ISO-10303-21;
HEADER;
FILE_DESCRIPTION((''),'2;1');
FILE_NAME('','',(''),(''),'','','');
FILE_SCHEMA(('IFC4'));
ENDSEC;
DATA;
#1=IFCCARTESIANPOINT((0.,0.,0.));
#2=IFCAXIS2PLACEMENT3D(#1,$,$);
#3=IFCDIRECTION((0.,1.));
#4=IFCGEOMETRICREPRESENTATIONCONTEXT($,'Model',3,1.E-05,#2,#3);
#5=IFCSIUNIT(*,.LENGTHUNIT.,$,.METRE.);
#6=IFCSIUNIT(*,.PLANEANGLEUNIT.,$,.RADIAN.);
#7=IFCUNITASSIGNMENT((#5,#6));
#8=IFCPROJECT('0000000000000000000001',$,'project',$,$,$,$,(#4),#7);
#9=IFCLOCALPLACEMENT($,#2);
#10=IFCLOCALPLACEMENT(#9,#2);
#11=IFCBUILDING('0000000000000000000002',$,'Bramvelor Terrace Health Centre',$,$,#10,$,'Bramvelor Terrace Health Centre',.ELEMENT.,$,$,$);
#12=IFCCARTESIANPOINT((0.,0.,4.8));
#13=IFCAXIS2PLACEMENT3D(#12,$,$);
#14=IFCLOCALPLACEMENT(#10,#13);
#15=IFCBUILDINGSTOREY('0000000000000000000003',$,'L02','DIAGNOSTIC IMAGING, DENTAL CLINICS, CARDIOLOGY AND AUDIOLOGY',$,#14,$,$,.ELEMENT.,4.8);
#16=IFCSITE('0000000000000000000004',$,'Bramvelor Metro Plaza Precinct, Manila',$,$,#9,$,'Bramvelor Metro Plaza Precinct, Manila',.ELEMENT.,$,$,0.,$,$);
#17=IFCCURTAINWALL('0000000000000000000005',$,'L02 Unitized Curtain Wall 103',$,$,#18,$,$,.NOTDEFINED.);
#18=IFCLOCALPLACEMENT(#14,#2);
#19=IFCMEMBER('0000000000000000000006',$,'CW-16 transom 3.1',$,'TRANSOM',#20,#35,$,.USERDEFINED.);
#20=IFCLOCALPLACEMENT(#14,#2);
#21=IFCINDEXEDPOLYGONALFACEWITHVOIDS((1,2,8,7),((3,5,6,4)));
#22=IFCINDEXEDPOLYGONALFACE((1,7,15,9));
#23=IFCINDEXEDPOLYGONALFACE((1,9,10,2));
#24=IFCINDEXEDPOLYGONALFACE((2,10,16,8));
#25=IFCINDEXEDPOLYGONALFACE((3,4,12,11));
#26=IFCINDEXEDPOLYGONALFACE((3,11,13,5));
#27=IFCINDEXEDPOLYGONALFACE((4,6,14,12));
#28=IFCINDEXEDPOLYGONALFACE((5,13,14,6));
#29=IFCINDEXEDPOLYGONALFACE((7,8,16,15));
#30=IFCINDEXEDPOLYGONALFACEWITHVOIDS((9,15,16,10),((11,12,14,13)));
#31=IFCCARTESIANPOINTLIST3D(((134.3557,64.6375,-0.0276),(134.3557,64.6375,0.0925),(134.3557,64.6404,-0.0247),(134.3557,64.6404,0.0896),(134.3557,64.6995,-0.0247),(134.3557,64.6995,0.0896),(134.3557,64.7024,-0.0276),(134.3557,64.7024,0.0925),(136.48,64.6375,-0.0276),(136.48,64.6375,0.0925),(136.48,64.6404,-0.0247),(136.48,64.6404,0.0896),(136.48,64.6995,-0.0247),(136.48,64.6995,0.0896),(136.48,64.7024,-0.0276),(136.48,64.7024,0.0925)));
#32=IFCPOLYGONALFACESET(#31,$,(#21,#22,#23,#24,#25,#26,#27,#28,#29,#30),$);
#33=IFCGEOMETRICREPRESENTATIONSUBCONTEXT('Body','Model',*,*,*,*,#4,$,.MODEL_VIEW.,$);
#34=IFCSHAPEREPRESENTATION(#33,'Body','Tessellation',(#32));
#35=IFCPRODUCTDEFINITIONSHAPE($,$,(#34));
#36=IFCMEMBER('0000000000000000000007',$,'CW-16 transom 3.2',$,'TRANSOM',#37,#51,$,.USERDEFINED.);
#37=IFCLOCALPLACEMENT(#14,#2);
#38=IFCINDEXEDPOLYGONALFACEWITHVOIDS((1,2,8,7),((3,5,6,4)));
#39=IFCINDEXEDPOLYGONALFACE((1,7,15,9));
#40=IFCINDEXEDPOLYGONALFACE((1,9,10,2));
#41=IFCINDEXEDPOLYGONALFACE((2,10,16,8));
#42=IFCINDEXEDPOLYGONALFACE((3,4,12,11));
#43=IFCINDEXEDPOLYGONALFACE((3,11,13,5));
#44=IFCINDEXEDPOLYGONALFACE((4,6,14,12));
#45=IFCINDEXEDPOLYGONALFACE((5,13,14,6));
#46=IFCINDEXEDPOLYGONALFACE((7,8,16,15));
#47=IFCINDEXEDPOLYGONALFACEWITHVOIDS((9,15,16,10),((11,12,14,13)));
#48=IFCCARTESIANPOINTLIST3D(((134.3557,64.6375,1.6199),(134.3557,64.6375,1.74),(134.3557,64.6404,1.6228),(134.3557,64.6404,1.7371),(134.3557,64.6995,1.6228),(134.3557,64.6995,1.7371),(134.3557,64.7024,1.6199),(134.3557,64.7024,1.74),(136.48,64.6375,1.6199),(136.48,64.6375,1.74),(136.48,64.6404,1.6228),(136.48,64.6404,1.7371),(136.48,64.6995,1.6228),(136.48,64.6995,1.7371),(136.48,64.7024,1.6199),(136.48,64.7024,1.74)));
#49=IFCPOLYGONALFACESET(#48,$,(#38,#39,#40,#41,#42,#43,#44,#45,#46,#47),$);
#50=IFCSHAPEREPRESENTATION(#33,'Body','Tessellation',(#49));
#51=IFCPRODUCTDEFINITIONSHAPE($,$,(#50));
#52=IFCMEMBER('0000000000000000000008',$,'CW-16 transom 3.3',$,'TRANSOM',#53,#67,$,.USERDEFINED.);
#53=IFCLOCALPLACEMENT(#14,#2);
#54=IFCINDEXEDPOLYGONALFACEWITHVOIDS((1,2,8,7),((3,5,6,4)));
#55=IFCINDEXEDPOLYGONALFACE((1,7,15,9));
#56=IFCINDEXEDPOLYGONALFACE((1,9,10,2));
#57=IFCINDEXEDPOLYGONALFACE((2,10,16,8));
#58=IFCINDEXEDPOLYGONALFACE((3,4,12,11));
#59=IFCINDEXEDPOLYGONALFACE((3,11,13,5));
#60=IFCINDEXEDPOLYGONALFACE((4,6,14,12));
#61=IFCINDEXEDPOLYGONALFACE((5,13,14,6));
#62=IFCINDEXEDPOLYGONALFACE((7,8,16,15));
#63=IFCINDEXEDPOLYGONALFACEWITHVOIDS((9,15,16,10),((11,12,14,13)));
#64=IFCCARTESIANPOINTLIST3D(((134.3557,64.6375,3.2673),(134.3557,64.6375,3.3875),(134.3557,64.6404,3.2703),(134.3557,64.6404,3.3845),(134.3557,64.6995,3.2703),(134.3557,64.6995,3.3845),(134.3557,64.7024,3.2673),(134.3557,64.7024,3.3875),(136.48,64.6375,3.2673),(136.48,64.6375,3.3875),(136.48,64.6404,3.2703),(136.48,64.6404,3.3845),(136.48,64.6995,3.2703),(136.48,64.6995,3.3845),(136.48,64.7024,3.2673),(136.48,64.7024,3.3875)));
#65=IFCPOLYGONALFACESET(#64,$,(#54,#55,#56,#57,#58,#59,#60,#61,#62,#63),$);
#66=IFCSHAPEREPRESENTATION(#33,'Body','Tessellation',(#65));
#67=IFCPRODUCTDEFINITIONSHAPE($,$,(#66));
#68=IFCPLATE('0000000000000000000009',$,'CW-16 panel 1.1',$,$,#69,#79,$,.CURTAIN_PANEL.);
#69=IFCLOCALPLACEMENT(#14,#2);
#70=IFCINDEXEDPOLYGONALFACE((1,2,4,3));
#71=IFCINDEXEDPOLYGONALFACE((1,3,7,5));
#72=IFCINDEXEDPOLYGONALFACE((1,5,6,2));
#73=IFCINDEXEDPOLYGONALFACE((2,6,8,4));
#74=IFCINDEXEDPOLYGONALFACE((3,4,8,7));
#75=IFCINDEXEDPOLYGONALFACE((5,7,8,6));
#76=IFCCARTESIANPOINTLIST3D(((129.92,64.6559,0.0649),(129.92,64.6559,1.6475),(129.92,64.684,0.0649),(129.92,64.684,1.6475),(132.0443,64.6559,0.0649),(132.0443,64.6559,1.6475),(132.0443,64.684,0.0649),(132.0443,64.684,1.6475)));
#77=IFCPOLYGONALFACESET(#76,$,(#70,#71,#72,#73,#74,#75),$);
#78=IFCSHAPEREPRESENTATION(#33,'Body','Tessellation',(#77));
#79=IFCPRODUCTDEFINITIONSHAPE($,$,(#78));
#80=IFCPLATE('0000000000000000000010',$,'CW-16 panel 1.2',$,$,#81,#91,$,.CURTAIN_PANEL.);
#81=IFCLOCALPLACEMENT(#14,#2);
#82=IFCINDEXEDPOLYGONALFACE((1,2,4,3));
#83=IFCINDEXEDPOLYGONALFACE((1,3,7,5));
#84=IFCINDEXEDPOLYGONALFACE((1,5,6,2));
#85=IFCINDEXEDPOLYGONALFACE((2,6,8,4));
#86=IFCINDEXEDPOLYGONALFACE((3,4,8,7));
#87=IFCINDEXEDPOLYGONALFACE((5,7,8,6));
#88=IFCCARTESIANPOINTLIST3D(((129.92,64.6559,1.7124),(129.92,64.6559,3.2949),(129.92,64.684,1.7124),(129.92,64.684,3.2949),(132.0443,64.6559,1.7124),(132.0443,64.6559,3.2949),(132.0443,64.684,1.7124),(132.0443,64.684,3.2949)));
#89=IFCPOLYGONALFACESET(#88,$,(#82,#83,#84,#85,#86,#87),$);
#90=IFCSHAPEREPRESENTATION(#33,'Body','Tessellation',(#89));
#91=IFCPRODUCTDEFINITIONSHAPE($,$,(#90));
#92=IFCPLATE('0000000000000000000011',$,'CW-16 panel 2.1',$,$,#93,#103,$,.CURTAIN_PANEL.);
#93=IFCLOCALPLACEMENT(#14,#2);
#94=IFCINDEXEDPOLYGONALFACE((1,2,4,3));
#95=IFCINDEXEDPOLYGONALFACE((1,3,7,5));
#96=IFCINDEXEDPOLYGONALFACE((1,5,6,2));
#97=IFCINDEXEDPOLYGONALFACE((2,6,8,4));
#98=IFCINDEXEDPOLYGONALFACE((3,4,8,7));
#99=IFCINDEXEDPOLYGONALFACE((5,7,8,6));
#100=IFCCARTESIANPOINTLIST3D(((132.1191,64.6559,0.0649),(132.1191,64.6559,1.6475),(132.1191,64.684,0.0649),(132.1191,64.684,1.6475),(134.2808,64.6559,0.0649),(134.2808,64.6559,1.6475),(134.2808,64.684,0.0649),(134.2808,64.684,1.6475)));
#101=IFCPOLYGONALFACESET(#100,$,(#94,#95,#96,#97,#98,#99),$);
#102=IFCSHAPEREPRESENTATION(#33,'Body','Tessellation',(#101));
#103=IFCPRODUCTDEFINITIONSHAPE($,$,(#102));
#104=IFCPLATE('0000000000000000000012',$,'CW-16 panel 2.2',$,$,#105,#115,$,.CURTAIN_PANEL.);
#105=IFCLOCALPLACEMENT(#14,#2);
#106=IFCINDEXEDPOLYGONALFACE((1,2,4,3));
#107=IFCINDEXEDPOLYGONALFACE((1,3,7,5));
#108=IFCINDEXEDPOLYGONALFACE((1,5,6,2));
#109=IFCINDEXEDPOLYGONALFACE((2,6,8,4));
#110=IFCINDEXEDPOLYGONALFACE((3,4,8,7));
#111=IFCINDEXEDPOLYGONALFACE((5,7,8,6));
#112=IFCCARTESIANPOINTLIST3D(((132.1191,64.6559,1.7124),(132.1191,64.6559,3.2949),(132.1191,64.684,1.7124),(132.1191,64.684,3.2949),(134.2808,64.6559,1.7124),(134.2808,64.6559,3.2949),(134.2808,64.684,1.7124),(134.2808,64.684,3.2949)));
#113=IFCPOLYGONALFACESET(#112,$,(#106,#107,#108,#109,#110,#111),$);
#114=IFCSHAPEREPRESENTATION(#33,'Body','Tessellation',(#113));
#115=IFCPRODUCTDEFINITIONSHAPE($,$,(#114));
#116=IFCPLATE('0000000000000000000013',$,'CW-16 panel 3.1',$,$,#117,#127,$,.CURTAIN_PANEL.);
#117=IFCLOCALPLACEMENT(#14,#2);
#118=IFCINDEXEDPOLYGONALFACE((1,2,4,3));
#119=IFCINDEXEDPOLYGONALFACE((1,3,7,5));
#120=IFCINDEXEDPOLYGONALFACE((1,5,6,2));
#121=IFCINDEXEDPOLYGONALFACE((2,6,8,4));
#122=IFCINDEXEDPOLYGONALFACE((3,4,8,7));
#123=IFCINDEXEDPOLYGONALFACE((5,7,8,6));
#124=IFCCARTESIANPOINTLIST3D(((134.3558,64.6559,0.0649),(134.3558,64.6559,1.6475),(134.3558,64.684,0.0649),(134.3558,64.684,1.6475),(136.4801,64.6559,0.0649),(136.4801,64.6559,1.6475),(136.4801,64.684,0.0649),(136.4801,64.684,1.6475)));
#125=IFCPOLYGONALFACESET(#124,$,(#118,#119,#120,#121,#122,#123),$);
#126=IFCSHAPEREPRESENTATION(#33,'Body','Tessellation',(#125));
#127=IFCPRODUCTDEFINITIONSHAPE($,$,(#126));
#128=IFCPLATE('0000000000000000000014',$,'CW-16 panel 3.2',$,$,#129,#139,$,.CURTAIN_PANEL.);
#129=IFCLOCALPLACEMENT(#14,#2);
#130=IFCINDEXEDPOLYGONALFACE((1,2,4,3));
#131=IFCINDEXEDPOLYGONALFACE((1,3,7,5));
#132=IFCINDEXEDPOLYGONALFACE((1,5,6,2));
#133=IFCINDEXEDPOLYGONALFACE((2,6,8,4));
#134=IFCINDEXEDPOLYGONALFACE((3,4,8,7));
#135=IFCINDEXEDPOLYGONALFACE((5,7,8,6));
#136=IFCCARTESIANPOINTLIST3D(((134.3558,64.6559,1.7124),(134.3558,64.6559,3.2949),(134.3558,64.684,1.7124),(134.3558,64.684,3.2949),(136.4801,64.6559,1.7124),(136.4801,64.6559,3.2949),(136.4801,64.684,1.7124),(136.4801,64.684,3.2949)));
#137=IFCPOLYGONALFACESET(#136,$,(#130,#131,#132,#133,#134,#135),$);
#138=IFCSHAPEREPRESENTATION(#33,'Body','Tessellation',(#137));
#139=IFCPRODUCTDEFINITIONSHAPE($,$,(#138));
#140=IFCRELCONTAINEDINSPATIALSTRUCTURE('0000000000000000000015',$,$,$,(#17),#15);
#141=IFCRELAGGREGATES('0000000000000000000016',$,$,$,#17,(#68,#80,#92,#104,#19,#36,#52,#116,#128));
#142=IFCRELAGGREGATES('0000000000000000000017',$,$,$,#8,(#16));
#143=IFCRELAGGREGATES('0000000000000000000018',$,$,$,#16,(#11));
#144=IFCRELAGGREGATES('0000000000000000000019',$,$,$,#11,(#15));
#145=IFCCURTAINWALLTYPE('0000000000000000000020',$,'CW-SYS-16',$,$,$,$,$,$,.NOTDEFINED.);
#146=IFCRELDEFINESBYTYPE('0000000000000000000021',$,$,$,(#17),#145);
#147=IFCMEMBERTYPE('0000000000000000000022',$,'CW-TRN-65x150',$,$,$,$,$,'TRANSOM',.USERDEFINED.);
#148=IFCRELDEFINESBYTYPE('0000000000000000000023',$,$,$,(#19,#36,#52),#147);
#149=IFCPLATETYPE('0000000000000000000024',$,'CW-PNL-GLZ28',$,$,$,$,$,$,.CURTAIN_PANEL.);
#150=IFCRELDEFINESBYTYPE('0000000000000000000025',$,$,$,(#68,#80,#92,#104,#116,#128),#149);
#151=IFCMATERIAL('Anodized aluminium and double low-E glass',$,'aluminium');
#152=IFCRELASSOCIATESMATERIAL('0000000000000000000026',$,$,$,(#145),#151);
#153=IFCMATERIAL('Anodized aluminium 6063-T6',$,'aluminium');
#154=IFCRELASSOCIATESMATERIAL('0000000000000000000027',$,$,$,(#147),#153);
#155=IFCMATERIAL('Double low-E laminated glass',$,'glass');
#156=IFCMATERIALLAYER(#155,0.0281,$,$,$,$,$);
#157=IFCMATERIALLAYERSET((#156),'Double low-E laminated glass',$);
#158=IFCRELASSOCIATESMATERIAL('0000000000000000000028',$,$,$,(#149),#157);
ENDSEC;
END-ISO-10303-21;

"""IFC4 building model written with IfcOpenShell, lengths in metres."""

from ifc_helpers import new_model, si_unit, direction, frame, origin, origin_2d, place, context, subcontext, project, spatial, rectangle, hollow_rectangle, extrude, material, layer, layer_set, material_profile, profile_set, type_object, element, aggregate, save


model = new_model("IFC4")

# Units and contexts
model_context = context("Model", 3, precision=1e-05, world=origin(), true_north=direction((0.0, 1.0)))
body_context = subcontext(model_context, "Body", "Model", "MODEL_VIEW")
ifc_project = project(units=[si_unit("LENGTHUNIT", "METRE"), si_unit("PLANEANGLEUNIT", "RADIAN")], contexts=[model_context])

# Site, building, storey
site_placement = place(None, origin())
site = spatial("IfcSite", under=ifc_project, at=site_placement, Name="Bramvelor Metro Plaza Precinct, Manila", LongName="Bramvelor Metro Plaza Precinct, Manila", CompositionType="ELEMENT", RefElevation=0.0)
building_placement = place(site_placement, origin())
building = spatial("IfcBuilding", under=site, at=building_placement, Name="Bramvelor Terrace Health Centre", LongName="Bramvelor Terrace Health Centre", CompositionType="ELEMENT")
storey_placement = place(building_placement, frame((0.0, 0.0, 4.8)))
storey = spatial("IfcBuildingStorey", under=building, at=storey_placement, Name="L02", Description="DIAGNOSTIC IMAGING, DENTAL CLINICS, CARDIOLOGY AND AUDIOLOGY", CompositionType="ELEMENT", Elevation=4.8)

# Curtain wall, members, plates
ifc_material_1 = material(Name="Anodized aluminium and double low-E glass", Category="aluminium")
curtain_wall_type = type_object("IfcCurtainWallType", Name="CW-SYS-16", PredefinedType="NOTDEFINED", material=ifc_material_1)
curtain_wall_placement = place(storey_placement, origin())
curtain_wall = element("IfcCurtainWall", 1, at=curtain_wall_placement, inside=storey, type_object=curtain_wall_type, Name="L02 Unitized Curtain Wall 103", PredefinedType="NOTDEFINED")
ifc_material_2 = material(Name="Anodized aluminium 6063-T6", Category="aluminium")
ifc_material_profile_1 = material_profile(ifc_material_2, hollow_rectangle(XDim=0.0649, YDim=0.1201, WallThickness=0.0029, at=origin_2d()), Name="ALU-TRN 65x120x3.0")
ifc_profile_set_1 = profile_set([ifc_material_profile_1], Name="Anodized aluminium 6063-T6")
member_type_1 = type_object("IfcMemberType", Name="CW-TRN-65x150", ElementType="TRANSOM", PredefinedType="USERDEFINED", material=ifc_profile_set_1)
member_1_placement = place(storey_placement, frame((134.3557, 64.6699, 0.0325), z_axis=(1.0, 0.0, 0.0), x_axis=(0.0, 1.0, 0.0)))
member_1 = element("IfcMember", 2, at=member_1_placement, type_object=member_type_1, Name="CW-16 transom 3.1", ObjectType="TRANSOM", PredefinedType="USERDEFINED", context=body_context, shape_type="SweptSolid", body=[
    extrude(hollow_rectangle(XDim=0.0649, YDim=0.1201, WallThickness=0.0029, at=origin_2d()), origin(), (0.0, 0.0, 1.0), 2.1243),
])
member_2_placement = place(storey_placement, frame((134.3557, 64.6699, 1.6799), z_axis=(1.0, 0.0, 0.0), x_axis=(0.0, 1.0, 0.0)))
member_2 = element("IfcMember", 3, at=member_2_placement, type_object=member_type_1, Name="CW-16 transom 3.2", ObjectType="TRANSOM", PredefinedType="USERDEFINED", context=body_context, shape_type="SweptSolid", body=[
    extrude(hollow_rectangle(XDim=0.0649, YDim=0.1201, WallThickness=0.0029, at=origin_2d()), origin(), (0.0, 0.0, 1.0), 2.1243),
])
member_3_placement = place(storey_placement, frame((134.3557, 64.6699, 3.3274), z_axis=(1.0, 0.0, 0.0), x_axis=(0.0, 1.0, 0.0)))
member_3 = element("IfcMember", 4, at=member_3_placement, type_object=member_type_1, Name="CW-16 transom 3.3", ObjectType="TRANSOM", PredefinedType="USERDEFINED", context=body_context, shape_type="SweptSolid", body=[
    extrude(hollow_rectangle(XDim=0.0649, YDim=0.1201, WallThickness=0.0029, at=origin_2d()), origin(), (0.0, 0.0, 1.0), 2.1243),
])
ifc_material_3 = material(Name="Double low-E laminated glass", Category="glass")
ifc_layer = layer(ifc_material_3, 0.0281)
ifc_layer_set = layer_set([ifc_layer], Name="Double low-E laminated glass")
plate_type = type_object("IfcPlateType", Name="CW-PNL-GLZ28", PredefinedType="CURTAIN_PANEL", material=ifc_layer_set)
plate_1_placement = place(storey_placement, frame((130.9822, 64.6699, 0.0649), z_axis=(0.0, 0.0, 1.0), x_axis=(1.0, 0.0, 0.0)))
plate_1 = element("IfcPlate", 5, at=plate_1_placement, type_object=plate_type, Name="CW-16 panel 1.1", PredefinedType="CURTAIN_PANEL", context=body_context, shape_type="SweptSolid", body=[
    extrude(rectangle(XDim=2.1243, YDim=0.0281, at=origin_2d()), origin(), (0.0, 0.0, 1.0), 1.5825),
])
plate_2_placement = place(storey_placement, frame((130.9822, 64.6699, 1.7124), z_axis=(0.0, 0.0, 1.0), x_axis=(1.0, 0.0, 0.0)))
plate_2 = element("IfcPlate", 6, at=plate_2_placement, type_object=plate_type, Name="CW-16 panel 1.2", PredefinedType="CURTAIN_PANEL", context=body_context, shape_type="SweptSolid", body=[
    extrude(rectangle(XDim=2.1243, YDim=0.0281, at=origin_2d()), origin(), (0.0, 0.0, 1.0), 1.5825),
])
plate_3_placement = place(storey_placement, frame((133.2, 64.6699, 0.0649), z_axis=(0.0, 0.0, 1.0), x_axis=(1.0, 0.0, 0.0)))
plate_3 = element("IfcPlate", 7, at=plate_3_placement, type_object=plate_type, Name="CW-16 panel 2.1", PredefinedType="CURTAIN_PANEL", context=body_context, shape_type="SweptSolid", body=[
    extrude(rectangle(XDim=2.1616, YDim=0.0281, at=origin_2d()), origin(), (0.0, 0.0, 1.0), 1.5825),
])
plate_4_placement = place(storey_placement, frame((133.2, 64.6699, 1.7124), z_axis=(0.0, 0.0, 1.0), x_axis=(1.0, 0.0, 0.0)))
plate_4 = element("IfcPlate", 8, at=plate_4_placement, type_object=plate_type, Name="CW-16 panel 2.2", PredefinedType="CURTAIN_PANEL", context=body_context, shape_type="SweptSolid", body=[
    extrude(rectangle(XDim=2.1616, YDim=0.0281, at=origin_2d()), origin(), (0.0, 0.0, 1.0), 1.5825),
])
plate_5_placement = place(storey_placement, frame((135.418, 64.6699, 0.0649), z_axis=(0.0, 0.0, 1.0), x_axis=(1.0, 0.0, 0.0)))
plate_5 = element("IfcPlate", 9, at=plate_5_placement, type_object=plate_type, Name="CW-16 panel 3.1", PredefinedType="CURTAIN_PANEL", context=body_context, shape_type="SweptSolid", body=[
    extrude(rectangle(XDim=2.1243, YDim=0.0281, at=origin_2d()), origin(), (0.0, 0.0, 1.0), 1.5825),
])
plate_6_placement = place(storey_placement, frame((135.418, 64.6699, 1.7124), z_axis=(0.0, 0.0, 1.0), x_axis=(1.0, 0.0, 0.0)))
plate_6 = element("IfcPlate", 10, at=plate_6_placement, type_object=plate_type, Name="CW-16 panel 3.2", PredefinedType="CURTAIN_PANEL", context=body_context, shape_type="SweptSolid", body=[
    extrude(rectangle(XDim=2.1243, YDim=0.0281, at=origin_2d()), origin(), (0.0, 0.0, 1.0), 1.5825),
])
aggregate(curtain_wall, [plate_1, plate_2, plate_3, plate_4, member_1, member_2, member_3, plate_5, plate_6])

save(model, "model.ifc")
